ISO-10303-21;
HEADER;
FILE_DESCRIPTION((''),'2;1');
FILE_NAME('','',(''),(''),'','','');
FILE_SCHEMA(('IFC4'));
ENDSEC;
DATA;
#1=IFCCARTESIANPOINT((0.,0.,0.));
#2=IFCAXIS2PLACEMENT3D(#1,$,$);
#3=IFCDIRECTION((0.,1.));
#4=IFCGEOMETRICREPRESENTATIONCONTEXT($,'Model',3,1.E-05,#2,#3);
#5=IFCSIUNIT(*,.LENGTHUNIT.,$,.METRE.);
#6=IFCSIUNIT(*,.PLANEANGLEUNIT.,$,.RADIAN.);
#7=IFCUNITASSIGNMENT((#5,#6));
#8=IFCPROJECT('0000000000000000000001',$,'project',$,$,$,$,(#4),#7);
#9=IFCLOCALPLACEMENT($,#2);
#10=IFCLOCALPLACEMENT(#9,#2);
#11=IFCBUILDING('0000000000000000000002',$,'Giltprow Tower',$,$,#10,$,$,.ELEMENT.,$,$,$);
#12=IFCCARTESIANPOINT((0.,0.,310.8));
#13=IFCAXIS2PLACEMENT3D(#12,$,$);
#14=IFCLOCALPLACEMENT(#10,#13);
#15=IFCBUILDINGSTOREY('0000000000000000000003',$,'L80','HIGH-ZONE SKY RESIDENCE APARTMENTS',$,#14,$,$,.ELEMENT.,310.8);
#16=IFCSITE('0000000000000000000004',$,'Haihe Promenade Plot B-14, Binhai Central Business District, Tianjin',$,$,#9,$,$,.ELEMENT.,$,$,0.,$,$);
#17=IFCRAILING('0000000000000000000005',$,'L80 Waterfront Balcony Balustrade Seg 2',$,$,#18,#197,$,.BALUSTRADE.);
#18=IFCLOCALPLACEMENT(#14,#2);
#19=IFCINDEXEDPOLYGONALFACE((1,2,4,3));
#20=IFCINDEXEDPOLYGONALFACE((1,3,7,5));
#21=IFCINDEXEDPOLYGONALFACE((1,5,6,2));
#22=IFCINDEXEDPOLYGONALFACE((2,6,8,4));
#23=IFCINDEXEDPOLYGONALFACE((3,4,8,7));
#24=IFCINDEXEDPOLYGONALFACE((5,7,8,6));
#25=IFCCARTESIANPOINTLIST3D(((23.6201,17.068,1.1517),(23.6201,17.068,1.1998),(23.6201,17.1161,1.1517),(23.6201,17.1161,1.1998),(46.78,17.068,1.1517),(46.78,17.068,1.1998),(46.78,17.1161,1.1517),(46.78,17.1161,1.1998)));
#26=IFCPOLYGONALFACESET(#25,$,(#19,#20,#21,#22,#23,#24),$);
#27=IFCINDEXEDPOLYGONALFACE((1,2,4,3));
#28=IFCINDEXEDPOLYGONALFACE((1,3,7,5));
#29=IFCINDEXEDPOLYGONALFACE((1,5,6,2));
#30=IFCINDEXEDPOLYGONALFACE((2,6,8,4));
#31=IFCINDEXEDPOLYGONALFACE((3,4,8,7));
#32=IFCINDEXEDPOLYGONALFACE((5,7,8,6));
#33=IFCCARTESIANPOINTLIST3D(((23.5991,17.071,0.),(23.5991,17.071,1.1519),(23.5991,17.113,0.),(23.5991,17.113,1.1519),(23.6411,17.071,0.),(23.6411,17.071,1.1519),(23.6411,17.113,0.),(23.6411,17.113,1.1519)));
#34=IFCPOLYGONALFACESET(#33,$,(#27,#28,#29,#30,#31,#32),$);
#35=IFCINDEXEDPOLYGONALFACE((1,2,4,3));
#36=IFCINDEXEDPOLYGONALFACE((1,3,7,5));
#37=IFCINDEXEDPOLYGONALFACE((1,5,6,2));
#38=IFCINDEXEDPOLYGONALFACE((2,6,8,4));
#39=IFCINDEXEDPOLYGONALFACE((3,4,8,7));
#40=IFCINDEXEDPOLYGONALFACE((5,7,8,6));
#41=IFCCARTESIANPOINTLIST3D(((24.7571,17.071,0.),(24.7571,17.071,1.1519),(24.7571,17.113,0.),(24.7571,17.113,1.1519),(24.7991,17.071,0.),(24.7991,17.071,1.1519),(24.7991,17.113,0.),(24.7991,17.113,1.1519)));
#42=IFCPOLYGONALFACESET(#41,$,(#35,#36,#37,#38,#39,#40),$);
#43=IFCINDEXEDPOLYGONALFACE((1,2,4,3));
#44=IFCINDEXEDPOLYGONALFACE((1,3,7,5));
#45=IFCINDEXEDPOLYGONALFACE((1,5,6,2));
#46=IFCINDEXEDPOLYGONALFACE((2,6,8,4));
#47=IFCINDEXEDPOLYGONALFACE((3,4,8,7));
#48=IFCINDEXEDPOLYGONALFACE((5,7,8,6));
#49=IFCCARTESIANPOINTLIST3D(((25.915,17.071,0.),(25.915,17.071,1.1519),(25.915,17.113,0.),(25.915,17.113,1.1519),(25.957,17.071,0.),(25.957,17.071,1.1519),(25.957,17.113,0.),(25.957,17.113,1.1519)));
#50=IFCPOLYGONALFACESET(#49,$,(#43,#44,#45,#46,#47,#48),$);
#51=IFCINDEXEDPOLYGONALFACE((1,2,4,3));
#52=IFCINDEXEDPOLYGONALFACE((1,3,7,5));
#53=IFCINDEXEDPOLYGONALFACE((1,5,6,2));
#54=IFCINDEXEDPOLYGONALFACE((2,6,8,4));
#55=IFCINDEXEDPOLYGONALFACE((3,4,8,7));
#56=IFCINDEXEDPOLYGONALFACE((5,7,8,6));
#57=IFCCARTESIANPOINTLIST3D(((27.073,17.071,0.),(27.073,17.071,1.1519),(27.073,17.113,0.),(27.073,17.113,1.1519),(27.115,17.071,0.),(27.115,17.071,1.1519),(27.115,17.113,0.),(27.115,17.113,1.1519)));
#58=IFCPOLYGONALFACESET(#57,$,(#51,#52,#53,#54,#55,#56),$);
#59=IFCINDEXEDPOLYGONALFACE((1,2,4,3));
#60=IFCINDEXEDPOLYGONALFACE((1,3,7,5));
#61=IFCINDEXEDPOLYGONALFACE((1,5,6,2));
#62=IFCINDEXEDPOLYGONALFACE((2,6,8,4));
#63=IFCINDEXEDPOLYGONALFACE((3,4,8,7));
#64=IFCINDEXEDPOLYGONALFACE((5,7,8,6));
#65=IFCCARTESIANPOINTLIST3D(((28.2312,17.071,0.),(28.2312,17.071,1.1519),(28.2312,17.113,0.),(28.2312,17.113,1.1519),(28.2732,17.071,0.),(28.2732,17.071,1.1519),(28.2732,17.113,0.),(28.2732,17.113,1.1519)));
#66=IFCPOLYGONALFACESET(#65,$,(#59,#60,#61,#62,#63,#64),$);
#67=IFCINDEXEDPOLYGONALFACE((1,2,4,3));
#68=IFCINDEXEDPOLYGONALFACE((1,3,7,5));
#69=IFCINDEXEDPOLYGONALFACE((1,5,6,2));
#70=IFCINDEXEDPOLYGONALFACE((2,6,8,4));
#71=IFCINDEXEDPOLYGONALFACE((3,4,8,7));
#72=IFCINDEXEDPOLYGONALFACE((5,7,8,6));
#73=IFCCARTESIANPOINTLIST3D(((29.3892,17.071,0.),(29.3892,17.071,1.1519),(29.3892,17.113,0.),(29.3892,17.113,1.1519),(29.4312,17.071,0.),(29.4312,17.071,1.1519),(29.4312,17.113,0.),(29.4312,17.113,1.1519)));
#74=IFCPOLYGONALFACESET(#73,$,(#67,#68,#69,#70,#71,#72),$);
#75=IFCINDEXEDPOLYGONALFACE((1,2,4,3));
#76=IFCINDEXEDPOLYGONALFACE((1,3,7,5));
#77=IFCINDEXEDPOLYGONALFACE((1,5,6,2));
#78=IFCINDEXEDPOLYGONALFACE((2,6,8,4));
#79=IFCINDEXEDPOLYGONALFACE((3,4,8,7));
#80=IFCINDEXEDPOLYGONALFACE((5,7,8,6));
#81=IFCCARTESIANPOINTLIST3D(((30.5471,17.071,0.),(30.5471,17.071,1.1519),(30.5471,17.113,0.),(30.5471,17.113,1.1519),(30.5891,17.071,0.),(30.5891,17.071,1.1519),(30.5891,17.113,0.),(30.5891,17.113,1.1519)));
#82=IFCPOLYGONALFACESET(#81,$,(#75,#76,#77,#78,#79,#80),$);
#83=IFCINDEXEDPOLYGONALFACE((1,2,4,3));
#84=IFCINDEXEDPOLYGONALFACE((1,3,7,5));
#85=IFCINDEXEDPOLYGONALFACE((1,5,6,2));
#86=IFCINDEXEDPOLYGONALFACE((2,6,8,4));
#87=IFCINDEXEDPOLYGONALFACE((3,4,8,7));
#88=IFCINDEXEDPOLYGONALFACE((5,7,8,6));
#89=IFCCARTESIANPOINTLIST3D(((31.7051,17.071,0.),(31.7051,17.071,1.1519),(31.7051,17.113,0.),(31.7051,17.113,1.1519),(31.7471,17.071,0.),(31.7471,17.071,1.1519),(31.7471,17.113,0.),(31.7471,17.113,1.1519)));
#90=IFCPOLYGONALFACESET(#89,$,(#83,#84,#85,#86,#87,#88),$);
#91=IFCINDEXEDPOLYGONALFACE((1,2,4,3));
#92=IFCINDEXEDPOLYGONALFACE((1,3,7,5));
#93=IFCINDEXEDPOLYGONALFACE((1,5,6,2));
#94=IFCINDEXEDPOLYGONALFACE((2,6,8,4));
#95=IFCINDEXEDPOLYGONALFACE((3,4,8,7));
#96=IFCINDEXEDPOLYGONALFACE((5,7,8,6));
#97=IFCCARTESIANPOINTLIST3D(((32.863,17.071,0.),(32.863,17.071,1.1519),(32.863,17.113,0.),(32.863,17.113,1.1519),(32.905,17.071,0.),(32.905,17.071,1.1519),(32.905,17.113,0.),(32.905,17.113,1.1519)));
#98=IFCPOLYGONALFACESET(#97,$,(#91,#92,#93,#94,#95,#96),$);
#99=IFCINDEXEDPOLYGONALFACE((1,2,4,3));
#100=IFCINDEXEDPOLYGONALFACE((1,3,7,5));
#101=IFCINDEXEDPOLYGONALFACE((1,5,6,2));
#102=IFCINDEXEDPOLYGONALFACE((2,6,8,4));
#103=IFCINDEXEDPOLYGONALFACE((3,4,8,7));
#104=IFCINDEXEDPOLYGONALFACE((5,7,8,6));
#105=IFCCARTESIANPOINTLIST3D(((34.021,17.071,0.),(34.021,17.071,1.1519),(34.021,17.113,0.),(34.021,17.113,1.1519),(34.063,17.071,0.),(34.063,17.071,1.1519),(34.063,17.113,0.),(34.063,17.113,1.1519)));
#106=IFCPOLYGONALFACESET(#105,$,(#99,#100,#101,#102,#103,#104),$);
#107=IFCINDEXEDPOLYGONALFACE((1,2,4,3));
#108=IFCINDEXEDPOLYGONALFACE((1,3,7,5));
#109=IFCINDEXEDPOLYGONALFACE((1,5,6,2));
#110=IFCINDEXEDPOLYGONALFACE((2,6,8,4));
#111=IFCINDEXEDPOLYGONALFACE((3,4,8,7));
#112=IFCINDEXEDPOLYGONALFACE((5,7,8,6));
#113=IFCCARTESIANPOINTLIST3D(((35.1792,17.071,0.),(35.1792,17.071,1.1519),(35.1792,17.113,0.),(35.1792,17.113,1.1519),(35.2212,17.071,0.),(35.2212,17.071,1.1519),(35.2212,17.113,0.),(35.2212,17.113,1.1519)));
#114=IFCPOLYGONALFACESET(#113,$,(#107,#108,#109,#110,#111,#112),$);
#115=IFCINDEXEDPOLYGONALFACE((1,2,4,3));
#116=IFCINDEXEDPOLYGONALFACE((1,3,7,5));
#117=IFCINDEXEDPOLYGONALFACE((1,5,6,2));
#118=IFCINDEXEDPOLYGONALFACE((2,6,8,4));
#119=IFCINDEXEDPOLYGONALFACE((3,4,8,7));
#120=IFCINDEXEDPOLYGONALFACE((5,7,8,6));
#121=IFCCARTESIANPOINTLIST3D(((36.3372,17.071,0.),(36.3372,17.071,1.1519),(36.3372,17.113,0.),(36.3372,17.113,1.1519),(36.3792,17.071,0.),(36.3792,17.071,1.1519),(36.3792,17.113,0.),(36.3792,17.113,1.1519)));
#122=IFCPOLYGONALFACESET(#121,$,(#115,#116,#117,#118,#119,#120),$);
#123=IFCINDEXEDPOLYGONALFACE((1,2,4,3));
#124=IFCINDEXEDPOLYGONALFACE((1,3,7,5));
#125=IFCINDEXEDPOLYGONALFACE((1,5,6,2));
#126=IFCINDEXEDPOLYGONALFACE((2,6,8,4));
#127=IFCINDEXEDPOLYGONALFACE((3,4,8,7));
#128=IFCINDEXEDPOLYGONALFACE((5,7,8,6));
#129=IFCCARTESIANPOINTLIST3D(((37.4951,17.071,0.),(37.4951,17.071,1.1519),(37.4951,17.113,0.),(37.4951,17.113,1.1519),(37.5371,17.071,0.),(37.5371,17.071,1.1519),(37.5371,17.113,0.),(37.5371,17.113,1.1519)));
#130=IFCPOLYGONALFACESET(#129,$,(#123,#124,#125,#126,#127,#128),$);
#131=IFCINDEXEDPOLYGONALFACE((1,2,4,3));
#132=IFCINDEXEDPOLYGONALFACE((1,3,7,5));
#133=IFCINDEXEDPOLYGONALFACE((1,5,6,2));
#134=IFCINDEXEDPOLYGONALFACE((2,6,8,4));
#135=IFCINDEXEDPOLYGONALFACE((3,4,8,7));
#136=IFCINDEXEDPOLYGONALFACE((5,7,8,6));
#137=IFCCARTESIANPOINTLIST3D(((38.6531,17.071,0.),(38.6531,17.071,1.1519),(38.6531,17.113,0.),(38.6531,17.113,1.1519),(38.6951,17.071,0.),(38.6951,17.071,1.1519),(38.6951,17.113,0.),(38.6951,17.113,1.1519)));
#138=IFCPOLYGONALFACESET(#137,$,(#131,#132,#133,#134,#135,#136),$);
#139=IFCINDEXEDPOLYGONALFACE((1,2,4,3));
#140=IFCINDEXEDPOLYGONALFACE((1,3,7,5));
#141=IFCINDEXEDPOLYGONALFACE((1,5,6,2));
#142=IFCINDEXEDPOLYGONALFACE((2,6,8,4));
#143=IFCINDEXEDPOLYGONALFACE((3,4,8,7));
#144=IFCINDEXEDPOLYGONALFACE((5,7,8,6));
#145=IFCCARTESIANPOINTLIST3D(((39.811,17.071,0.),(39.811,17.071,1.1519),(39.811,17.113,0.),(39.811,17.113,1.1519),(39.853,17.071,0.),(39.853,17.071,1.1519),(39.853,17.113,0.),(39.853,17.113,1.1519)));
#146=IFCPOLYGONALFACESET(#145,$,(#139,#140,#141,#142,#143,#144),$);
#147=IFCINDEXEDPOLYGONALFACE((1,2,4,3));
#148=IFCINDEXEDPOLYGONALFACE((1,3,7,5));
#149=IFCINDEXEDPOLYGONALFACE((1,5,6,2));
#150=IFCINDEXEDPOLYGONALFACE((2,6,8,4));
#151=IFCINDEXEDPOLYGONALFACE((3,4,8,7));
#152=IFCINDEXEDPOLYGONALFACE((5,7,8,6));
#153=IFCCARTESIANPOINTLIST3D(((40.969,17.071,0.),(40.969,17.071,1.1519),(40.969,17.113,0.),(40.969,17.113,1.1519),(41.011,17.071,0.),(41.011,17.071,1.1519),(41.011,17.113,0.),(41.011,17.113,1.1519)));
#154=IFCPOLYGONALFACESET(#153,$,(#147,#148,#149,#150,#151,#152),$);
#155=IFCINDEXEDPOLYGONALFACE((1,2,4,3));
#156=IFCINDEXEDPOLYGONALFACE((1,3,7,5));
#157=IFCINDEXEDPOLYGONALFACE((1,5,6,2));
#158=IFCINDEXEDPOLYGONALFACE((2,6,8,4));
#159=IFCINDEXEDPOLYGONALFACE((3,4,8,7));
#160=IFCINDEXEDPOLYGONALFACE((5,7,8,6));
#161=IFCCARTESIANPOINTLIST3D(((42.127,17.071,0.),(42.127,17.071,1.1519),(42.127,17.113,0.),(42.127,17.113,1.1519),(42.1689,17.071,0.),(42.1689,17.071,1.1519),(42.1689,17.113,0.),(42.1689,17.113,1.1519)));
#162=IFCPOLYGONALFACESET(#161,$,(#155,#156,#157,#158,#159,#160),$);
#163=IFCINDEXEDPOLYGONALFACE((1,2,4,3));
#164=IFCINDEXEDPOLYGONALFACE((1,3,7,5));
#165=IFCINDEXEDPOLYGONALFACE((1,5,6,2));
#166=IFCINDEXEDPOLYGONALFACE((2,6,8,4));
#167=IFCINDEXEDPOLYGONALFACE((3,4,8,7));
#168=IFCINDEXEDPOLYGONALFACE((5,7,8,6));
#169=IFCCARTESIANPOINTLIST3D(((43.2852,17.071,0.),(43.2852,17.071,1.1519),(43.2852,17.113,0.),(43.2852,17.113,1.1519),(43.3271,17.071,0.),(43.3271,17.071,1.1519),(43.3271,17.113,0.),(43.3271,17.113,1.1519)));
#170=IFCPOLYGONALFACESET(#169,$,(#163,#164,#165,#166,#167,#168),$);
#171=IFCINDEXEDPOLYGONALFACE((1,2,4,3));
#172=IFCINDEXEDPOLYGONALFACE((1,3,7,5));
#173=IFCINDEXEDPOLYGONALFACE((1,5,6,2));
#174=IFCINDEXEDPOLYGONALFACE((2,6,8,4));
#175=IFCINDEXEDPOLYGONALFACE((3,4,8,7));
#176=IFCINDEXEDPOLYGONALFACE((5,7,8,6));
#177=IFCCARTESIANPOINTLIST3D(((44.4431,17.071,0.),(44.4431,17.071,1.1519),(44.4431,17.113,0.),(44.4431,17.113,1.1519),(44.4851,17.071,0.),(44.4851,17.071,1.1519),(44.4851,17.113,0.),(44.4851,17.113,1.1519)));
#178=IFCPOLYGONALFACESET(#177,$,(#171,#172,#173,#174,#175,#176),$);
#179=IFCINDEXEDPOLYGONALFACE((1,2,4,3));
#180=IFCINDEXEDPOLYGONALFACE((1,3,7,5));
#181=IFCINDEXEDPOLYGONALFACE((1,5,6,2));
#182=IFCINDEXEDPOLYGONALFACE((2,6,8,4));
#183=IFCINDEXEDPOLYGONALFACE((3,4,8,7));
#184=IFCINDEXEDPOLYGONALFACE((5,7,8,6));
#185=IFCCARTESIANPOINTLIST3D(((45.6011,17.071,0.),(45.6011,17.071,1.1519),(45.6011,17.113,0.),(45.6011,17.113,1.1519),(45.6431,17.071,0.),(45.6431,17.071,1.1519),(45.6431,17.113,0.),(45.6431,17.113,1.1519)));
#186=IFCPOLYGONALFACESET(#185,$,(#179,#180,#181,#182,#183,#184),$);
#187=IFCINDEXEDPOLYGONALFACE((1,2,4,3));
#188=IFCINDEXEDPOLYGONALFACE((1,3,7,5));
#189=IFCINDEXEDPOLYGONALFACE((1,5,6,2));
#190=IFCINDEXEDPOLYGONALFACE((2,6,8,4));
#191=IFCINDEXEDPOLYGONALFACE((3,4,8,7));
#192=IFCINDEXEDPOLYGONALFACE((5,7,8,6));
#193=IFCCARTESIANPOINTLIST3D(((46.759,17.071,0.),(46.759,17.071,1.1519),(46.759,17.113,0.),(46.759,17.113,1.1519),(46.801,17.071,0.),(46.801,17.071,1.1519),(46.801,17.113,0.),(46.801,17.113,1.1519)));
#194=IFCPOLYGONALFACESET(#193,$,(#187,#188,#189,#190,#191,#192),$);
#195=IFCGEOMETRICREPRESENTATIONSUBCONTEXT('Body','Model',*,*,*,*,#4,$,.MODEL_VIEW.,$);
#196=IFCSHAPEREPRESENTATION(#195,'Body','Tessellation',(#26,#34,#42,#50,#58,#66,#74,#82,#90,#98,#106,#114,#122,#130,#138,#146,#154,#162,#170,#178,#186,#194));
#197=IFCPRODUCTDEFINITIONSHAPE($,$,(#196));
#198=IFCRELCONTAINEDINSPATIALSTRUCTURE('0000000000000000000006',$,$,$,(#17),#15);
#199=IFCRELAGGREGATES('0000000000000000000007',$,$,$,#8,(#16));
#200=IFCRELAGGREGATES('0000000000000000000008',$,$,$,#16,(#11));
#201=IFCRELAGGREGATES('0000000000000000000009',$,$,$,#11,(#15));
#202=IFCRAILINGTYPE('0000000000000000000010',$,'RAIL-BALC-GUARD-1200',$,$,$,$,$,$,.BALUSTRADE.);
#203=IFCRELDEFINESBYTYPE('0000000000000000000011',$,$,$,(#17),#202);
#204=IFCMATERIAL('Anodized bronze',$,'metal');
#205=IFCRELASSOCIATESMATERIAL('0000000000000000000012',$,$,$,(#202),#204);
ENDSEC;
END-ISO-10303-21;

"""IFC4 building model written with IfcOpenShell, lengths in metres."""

from ifc_helpers import new_model, si_unit, direction, frame, origin, origin_2d, place, context, subcontext, project, spatial, rectangle, extrude, material, type_object, element, save


model = new_model("IFC4")

# Units and contexts
model_context = context("Model", 3, precision=1e-05, world=origin(), true_north=direction((0.0, 1.0)))
body_context = subcontext(model_context, "Body", "Model", "MODEL_VIEW")
ifc_project = project(units=[si_unit("LENGTHUNIT", "METRE"), si_unit("PLANEANGLEUNIT", "RADIAN")], contexts=[model_context])

# Site, building, storey
site_placement = place(None, origin())
site = spatial("IfcSite", under=ifc_project, at=site_placement, Name="Haihe Promenade Plot B-14, Binhai Central Business District, Tianjin", CompositionType="ELEMENT", RefElevation=0.0)
building_placement = place(site_placement, origin())
building = spatial("IfcBuilding", under=site, at=building_placement, Name="Giltprow Tower", CompositionType="ELEMENT")
storey_placement = place(building_placement, frame((0.0, 0.0, 310.8)))
storey = spatial("IfcBuildingStorey", under=building, at=storey_placement, Name="L80", Description="HIGH-ZONE SKY RESIDENCE APARTMENTS", CompositionType="ELEMENT", Elevation=310.8)

# Shared definitions
ifc_material_1 = material(Name="Anodized bronze", Category="metal")

# Railing
railing_type = type_object("IfcRailingType", Name="RAIL-BALC-GUARD-1200", PredefinedType="BALUSTRADE", material=ifc_material_1)
railing_1_placement = place(storey_placement, frame((23.6201, 17.092, 0.0)))
element("IfcRailing", 1, at=railing_1_placement, inside=storey, type_object=railing_type, Name="L80 Waterfront Balcony Balustrade Seg 2", PredefinedType="BALUSTRADE", context=body_context, shape_type="SweptSolid", body=[
    extrude(rectangle(XDim=0.0481, YDim=0.0481, at=origin_2d()), frame((0.0, 0.0, 1.1758), z_axis=(1.0, 0.0, 0.0), x_axis=(0.0, 1.0, 0.0)), (0.0, 0.0, 1.0), 23.1599),
    extrude(rectangle(XDim=0.042, YDim=0.042, at=origin_2d()), origin(), (0.0, 0.0, 1.0), 1.1519),
    extrude(rectangle(XDim=0.042, YDim=0.042, at=origin_2d()), frame((1.158, 0.0, 0.0)), (0.0, 0.0, 1.0), 1.1519),
    extrude(rectangle(XDim=0.042, YDim=0.042, at=origin_2d()), frame((2.3159, 0.0, 0.0)), (0.0, 0.0, 1.0), 1.1519),
    extrude(rectangle(XDim=0.042, YDim=0.042, at=origin_2d()), frame((3.4739, 0.0, 0.0)), (0.0, 0.0, 1.0), 1.1519),
    extrude(rectangle(XDim=0.042, YDim=0.042, at=origin_2d()), frame((4.6321, 0.0, 0.0)), (0.0, 0.0, 1.0), 1.1519),
    extrude(rectangle(XDim=0.042, YDim=0.042, at=origin_2d()), frame((5.79, 0.0, 0.0)), (0.0, 0.0, 1.0), 1.1519),
    extrude(rectangle(XDim=0.042, YDim=0.042, at=origin_2d()), frame((6.948, 0.0, 0.0)), (0.0, 0.0, 1.0), 1.1519),
    extrude(rectangle(XDim=0.042, YDim=0.042, at=origin_2d()), frame((8.106, 0.0, 0.0)), (0.0, 0.0, 1.0), 1.1519),
    extrude(rectangle(XDim=0.042, YDim=0.042, at=origin_2d()), frame((9.2639, 0.0, 0.0)), (0.0, 0.0, 1.0), 1.1519),
    extrude(rectangle(XDim=0.042, YDim=0.042, at=origin_2d()), frame((10.4219, 0.0, 0.0)), (0.0, 0.0, 1.0), 1.1519),
    extrude(rectangle(XDim=0.042, YDim=0.042, at=origin_2d()), frame((11.5801, 0.0, 0.0)), (0.0, 0.0, 1.0), 1.1519),
    extrude(rectangle(XDim=0.042, YDim=0.042, at=origin_2d()), frame((12.738, 0.0, 0.0)), (0.0, 0.0, 1.0), 1.1519),
    extrude(rectangle(XDim=0.042, YDim=0.042, at=origin_2d()), frame((13.896, 0.0, 0.0)), (0.0, 0.0, 1.0), 1.1519),
    extrude(rectangle(XDim=0.042, YDim=0.042, at=origin_2d()), frame((15.054, 0.0, 0.0)), (0.0, 0.0, 1.0), 1.1519),
    extrude(rectangle(XDim=0.042, YDim=0.042, at=origin_2d()), frame((16.2119, 0.0, 0.0)), (0.0, 0.0, 1.0), 1.1519),
    extrude(rectangle(XDim=0.042, YDim=0.042, at=origin_2d()), frame((17.3699, 0.0, 0.0)), (0.0, 0.0, 1.0), 1.1519),
    extrude(rectangle(XDim=0.042, YDim=0.042, at=origin_2d()), frame((18.5278, 0.0, 0.0)), (0.0, 0.0, 1.0), 1.1519),
    extrude(rectangle(XDim=0.042, YDim=0.042, at=origin_2d()), frame((19.686, 0.0, 0.0)), (0.0, 0.0, 1.0), 1.1519),
    extrude(rectangle(XDim=0.042, YDim=0.042, at=origin_2d()), frame((20.844, 0.0, 0.0)), (0.0, 0.0, 1.0), 1.1519),
    extrude(rectangle(XDim=0.042, YDim=0.042, at=origin_2d()), frame((22.002, 0.0, 0.0)), (0.0, 0.0, 1.0), 1.1519),
    extrude(rectangle(XDim=0.042, YDim=0.042, at=origin_2d()), frame((23.1599, 0.0, 0.0)), (0.0, 0.0, 1.0), 1.1519),
])

save(model, "model.ifc")
